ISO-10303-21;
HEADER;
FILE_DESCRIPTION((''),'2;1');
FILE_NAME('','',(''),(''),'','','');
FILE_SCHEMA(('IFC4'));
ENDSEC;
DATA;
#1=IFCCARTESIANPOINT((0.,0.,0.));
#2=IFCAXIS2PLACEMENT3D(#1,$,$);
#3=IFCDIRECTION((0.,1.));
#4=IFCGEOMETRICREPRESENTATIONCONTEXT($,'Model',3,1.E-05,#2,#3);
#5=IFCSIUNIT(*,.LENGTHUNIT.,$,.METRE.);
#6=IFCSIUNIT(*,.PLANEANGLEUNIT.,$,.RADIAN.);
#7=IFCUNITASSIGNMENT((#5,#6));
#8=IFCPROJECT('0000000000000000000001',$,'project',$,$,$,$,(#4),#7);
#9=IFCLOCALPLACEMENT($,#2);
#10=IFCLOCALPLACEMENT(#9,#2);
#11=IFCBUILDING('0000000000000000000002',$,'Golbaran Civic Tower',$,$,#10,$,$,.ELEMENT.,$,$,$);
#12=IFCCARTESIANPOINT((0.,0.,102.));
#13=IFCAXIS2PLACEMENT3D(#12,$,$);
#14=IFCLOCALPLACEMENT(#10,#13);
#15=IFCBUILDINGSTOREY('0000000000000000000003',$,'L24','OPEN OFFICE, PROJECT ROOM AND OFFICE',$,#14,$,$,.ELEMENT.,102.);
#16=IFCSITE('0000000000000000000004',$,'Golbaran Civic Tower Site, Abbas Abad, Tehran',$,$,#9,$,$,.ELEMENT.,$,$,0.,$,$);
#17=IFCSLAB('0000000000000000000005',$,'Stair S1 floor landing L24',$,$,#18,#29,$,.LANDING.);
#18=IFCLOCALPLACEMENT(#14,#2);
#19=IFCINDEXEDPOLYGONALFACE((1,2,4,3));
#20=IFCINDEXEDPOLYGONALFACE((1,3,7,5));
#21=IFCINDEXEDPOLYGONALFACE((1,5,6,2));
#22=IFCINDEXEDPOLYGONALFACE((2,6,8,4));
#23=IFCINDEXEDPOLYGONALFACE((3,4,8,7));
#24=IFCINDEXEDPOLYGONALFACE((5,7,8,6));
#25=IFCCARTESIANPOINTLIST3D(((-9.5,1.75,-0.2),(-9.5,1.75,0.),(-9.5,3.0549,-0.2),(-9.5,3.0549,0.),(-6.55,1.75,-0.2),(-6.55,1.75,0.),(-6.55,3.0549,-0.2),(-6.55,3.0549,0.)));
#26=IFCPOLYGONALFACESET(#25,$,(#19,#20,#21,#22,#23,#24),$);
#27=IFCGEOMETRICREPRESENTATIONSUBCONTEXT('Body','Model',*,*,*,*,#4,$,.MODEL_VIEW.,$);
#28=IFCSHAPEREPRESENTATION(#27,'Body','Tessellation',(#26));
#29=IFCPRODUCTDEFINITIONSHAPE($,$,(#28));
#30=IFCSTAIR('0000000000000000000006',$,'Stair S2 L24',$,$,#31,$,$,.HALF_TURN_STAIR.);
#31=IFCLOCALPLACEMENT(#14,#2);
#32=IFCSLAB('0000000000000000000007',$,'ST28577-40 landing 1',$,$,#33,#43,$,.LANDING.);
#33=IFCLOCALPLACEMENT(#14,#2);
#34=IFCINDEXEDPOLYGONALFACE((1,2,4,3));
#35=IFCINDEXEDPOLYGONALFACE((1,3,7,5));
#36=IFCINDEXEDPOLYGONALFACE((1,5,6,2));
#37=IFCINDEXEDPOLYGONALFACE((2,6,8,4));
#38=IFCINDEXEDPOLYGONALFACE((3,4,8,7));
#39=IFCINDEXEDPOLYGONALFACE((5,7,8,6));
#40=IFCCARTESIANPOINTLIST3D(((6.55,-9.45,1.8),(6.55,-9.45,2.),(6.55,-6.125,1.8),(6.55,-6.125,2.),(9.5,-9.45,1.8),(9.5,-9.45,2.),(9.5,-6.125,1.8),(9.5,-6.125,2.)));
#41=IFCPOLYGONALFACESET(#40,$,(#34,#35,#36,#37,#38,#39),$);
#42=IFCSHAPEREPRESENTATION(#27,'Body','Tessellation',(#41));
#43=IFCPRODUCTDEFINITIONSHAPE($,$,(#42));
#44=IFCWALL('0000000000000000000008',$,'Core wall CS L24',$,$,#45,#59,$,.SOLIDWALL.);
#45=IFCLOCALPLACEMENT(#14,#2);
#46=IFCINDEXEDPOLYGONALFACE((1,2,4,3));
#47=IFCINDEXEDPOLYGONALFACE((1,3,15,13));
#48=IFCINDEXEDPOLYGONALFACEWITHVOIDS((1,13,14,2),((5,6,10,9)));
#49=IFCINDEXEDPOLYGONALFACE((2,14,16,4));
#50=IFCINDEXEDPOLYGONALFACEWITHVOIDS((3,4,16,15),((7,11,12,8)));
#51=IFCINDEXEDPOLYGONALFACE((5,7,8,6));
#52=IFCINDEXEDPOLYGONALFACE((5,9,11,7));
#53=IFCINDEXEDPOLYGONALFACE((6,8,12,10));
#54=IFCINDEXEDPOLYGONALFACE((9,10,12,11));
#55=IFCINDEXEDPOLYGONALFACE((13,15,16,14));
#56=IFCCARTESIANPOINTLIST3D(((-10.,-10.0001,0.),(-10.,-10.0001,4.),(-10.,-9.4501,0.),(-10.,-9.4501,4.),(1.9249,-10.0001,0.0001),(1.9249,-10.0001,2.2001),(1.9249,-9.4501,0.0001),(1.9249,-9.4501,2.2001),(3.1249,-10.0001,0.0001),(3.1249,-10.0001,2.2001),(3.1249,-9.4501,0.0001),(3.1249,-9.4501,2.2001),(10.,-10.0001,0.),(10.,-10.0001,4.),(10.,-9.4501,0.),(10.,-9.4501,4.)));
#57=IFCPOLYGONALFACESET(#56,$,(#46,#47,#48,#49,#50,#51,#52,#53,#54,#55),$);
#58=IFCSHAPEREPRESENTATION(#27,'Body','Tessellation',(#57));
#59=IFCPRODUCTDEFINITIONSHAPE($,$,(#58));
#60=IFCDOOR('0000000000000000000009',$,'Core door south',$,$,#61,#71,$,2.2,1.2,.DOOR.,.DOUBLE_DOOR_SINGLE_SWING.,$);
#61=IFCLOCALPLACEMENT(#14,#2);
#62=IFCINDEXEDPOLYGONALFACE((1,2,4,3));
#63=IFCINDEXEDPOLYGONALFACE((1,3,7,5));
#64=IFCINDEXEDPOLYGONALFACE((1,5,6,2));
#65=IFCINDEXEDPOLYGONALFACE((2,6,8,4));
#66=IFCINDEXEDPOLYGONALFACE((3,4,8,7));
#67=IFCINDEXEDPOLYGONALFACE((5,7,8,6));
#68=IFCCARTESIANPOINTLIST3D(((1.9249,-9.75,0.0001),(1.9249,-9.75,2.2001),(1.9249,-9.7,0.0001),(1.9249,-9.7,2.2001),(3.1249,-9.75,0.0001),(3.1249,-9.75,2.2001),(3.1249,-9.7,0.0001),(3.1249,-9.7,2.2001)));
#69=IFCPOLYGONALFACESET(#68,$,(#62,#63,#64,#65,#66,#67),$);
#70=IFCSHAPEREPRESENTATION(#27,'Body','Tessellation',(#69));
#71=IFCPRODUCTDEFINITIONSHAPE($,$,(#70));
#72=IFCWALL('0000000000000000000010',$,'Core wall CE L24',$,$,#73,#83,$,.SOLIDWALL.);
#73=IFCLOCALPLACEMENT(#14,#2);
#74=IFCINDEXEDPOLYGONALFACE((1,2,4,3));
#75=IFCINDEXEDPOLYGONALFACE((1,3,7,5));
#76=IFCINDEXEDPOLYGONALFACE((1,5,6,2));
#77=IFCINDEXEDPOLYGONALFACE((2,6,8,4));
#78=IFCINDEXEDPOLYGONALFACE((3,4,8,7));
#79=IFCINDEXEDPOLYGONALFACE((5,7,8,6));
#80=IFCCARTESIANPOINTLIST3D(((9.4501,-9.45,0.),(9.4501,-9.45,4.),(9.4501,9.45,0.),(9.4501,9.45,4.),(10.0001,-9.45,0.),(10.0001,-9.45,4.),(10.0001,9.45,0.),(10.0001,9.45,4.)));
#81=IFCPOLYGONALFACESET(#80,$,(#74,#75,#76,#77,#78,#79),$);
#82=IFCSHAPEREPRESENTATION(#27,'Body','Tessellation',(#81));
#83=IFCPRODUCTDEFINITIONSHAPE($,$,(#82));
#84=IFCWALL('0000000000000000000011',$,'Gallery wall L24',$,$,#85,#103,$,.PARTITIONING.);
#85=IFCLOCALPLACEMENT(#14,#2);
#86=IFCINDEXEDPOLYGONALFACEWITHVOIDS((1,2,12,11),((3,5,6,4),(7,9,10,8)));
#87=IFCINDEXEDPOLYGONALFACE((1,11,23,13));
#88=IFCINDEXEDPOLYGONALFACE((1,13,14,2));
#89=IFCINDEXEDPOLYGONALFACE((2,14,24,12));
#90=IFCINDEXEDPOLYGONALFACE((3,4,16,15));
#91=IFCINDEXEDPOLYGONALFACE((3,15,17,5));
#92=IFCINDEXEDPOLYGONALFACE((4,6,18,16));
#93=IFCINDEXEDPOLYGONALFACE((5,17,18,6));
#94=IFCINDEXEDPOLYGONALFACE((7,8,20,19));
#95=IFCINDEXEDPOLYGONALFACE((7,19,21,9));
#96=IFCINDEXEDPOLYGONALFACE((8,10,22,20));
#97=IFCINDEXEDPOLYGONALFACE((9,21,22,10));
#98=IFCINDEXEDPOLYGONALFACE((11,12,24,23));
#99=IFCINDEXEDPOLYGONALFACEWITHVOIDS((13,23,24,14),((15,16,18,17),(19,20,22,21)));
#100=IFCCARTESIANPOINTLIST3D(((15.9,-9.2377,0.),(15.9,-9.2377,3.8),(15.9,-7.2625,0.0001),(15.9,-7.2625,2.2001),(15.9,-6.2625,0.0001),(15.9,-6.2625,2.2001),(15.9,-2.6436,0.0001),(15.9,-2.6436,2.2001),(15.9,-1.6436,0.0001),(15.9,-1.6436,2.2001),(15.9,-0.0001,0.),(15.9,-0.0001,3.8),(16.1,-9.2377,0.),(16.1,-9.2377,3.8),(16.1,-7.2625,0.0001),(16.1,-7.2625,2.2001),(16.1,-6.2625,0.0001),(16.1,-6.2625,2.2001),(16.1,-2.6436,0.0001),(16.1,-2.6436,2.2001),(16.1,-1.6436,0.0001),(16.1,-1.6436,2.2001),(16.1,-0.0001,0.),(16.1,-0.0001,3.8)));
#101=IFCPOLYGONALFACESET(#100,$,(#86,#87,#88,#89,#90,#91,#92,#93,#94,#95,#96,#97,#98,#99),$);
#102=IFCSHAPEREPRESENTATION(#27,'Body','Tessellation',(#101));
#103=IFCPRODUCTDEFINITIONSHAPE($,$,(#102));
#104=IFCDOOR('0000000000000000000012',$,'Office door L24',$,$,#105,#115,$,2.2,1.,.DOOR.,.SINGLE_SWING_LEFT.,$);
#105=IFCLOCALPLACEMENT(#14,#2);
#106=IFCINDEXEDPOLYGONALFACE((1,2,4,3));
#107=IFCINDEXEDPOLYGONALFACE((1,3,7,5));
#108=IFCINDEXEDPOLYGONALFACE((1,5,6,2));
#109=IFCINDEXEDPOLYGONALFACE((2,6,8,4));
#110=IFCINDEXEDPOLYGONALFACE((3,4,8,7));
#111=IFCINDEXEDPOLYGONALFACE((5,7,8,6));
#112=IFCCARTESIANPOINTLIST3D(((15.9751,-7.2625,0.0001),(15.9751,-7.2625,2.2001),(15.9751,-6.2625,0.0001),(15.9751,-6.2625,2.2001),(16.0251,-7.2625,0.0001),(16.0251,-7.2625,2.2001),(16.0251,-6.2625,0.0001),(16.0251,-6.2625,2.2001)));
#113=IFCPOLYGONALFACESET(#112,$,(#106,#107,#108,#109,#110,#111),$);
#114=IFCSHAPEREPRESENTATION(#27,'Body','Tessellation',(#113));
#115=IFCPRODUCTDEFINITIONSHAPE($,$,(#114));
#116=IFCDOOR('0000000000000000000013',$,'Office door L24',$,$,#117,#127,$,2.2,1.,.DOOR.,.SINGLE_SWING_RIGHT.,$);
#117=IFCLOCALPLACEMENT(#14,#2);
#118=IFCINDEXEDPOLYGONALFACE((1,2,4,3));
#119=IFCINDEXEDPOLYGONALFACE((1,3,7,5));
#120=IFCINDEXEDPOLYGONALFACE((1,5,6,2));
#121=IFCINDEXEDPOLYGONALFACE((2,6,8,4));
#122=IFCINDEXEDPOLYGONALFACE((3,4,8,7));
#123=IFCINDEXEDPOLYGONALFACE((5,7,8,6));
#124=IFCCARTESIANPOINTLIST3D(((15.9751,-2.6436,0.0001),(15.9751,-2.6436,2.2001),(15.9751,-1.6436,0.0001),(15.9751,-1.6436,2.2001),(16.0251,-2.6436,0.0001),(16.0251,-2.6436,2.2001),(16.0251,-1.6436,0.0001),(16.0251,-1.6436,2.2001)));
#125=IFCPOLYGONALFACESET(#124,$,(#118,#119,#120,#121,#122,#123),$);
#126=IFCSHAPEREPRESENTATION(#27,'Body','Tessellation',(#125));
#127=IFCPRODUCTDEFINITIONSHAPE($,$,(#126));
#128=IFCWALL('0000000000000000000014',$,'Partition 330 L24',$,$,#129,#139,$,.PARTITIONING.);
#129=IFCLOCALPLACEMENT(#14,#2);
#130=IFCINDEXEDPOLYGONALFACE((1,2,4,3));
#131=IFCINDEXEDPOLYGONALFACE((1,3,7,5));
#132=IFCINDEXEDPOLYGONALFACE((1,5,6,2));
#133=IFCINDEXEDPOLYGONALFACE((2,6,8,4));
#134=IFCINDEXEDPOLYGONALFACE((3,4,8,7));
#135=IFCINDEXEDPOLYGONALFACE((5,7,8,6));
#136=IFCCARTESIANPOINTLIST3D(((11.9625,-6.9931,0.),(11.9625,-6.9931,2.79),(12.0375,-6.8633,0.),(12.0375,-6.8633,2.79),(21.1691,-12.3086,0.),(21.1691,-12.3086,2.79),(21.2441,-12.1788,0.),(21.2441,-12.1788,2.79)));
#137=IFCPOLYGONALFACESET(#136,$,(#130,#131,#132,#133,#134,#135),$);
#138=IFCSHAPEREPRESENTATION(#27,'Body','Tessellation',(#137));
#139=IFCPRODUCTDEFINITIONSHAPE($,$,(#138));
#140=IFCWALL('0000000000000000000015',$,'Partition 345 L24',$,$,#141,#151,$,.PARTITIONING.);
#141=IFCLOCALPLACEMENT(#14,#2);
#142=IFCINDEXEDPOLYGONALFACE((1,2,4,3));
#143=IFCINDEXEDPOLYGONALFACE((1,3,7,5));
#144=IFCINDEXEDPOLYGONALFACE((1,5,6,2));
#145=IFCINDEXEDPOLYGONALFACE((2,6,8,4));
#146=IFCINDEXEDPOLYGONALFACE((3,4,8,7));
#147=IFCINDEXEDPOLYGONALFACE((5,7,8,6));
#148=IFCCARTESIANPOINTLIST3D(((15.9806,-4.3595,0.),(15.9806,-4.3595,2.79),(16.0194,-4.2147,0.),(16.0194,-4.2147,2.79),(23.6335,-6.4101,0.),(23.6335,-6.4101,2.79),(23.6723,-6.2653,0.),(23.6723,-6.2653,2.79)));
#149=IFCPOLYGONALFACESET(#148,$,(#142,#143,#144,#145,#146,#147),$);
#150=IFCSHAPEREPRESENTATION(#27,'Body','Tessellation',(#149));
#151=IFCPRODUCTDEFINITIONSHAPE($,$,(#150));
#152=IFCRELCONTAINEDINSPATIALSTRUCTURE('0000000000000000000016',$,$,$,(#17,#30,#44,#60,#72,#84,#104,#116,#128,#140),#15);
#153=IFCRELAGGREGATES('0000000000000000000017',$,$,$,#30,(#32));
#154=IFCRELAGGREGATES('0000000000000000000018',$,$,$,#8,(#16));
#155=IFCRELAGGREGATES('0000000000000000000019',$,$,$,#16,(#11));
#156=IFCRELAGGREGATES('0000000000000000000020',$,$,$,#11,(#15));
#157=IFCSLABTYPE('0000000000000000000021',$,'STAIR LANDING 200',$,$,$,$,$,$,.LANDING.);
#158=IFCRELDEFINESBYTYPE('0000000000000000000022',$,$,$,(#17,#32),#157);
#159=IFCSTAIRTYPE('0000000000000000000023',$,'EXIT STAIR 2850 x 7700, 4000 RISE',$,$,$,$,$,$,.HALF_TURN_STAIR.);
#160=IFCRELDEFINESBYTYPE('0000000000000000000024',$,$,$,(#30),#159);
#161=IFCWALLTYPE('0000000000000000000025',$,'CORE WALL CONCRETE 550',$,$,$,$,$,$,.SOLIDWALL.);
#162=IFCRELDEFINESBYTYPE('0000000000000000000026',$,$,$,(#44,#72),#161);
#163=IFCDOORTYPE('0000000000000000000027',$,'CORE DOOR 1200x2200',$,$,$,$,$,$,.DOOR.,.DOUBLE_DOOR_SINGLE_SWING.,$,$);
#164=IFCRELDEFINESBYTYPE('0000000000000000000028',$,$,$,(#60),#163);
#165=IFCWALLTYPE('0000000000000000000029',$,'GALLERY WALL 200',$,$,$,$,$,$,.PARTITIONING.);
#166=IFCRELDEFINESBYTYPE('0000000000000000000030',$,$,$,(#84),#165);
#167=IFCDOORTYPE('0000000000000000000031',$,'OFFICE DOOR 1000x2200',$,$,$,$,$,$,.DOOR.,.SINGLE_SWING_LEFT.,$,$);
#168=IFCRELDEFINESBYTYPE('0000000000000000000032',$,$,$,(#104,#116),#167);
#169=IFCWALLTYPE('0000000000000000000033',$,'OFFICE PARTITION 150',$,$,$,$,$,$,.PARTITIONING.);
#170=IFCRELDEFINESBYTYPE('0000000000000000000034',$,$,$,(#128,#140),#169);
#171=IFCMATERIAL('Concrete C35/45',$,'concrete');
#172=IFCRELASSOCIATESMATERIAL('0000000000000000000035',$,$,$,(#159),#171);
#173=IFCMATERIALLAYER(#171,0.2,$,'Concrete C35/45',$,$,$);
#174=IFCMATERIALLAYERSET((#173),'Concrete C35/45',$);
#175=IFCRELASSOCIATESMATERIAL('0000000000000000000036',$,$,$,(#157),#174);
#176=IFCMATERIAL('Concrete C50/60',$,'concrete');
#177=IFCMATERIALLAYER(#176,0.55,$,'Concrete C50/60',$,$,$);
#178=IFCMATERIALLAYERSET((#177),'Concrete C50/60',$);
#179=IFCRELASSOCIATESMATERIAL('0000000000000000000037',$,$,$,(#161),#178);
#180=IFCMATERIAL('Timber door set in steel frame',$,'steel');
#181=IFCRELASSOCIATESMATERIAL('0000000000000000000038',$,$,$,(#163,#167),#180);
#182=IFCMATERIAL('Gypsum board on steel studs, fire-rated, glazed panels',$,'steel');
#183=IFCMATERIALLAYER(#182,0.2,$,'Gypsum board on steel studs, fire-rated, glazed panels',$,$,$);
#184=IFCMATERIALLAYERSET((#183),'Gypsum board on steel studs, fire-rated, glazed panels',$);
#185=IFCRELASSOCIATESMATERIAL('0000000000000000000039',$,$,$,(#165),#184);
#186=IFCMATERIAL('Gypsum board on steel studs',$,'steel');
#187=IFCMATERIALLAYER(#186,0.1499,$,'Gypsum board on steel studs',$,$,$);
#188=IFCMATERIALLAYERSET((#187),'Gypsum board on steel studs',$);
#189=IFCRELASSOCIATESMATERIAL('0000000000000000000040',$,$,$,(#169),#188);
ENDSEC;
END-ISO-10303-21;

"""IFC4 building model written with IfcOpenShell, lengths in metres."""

from ifc_helpers import new_model, si_unit, direction, frame, frame_2d, origin, place, context, subcontext, project, spatial, polyline, rectangle, outline, extrude, material, layer, layer_set, type_object, element, fill, aggregate, save


model = new_model("IFC4")

# Units and contexts
model_context = context("Model", 3, precision=1e-05, world=origin(), true_north=direction((0.0, 1.0)))
body_context = subcontext(model_context, "Body", "Model", "MODEL_VIEW")
ifc_project = project(units=[si_unit("LENGTHUNIT", "METRE"), si_unit("PLANEANGLEUNIT", "RADIAN")], contexts=[model_context])

# Site, building, storey
site_placement = place(None, origin())
site = spatial("IfcSite", under=ifc_project, at=site_placement, Name="Golbaran Civic Tower Site, Abbas Abad, Tehran", CompositionType="ELEMENT", RefElevation=0.0)
building_placement = place(site_placement, origin())
building = spatial("IfcBuilding", under=site, at=building_placement, Name="Golbaran Civic Tower", CompositionType="ELEMENT")
storey_placement = place(building_placement, frame((0.0, 0.0, 102.0)))
storey = spatial("IfcBuildingStorey", under=building, at=storey_placement, Name="L24", Description="OPEN OFFICE, PROJECT ROOM AND OFFICE", CompositionType="ELEMENT", Elevation=102.0)

# Shared definitions
ifc_material_1 = material(Name="Concrete C35/45", Category="concrete")
stair_type = type_object("IfcStairType", Name="EXIT STAIR 2850 x 7700, 4000 RISE", PredefinedType="HALF_TURN_STAIR", material=ifc_material_1)
ifc_layer_1 = layer(ifc_material_1, 0.2, Name="Concrete C35/45")
ifc_layer_set_1 = layer_set([ifc_layer_1], Name="Concrete C35/45")
slab_type = type_object("IfcSlabType", Name="STAIR LANDING 200", PredefinedType="LANDING", material=ifc_layer_set_1)

# Slab
slab_1_placement = place(storey_placement, frame((0.0, 0.0, -0.2)))
element("IfcSlab", 1, at=slab_1_placement, inside=storey, type_object=slab_type, Name="Stair S1 floor landing L24", PredefinedType="LANDING", context=body_context, shape_type="SweptSolid", body=[
    extrude(outline(polyline([(-9.5, 1.75), (-9.5, 3.0549), (-6.55, 3.0549), (-6.55, 1.75), (-9.5, 1.75)])), origin(), (0.0, 0.0, 1.0), 0.2),
])

# Stair, slab
stair_1_placement = place(storey_placement, origin())
stair_1 = element("IfcStair", 2, at=stair_1_placement, inside=storey, type_object=stair_type, Name="Stair S2 L24", PredefinedType="HALF_TURN_STAIR")
slab_2_placement = place(storey_placement, frame((0.0, 0.0, 1.8)))
slab_2 = element("IfcSlab", 3, at=slab_2_placement, type_object=slab_type, Name="ST28577-40 landing 1", PredefinedType="LANDING", context=body_context, shape_type="SweptSolid", body=[
    extrude(outline(polyline([(9.5, -6.125), (9.5, -9.45), (6.55, -9.45), (6.55, -6.125), (9.5, -6.125)])), origin(), (0.0, 0.0, 1.0), 0.2),
])

# Wall, opening, door
ifc_material_2 = material(Name="Concrete C50/60", Category="concrete")
ifc_layer_2 = layer(ifc_material_2, 0.55, Name="Concrete C50/60")
ifc_layer_set_2 = layer_set([ifc_layer_2], Name="Concrete C50/60")
wall_type_1 = type_object("IfcWallType", Name="CORE WALL CONCRETE 550", PredefinedType="SOLIDWALL", material=ifc_layer_set_2)
wall_1_placement = place(storey_placement, frame((10.0, -9.7251, 0.0), z_axis=(0.0, 0.0, 1.0), x_axis=(-1.0, 0.0, 0.0)))
wall_1 = element("IfcWall", 4, at=wall_1_placement, inside=storey, type_object=wall_type_1, Name="Core wall CS L24", PredefinedType="SOLIDWALL", context=body_context, shape_type="SweptSolid", body=[
    extrude(rectangle(XDim=20.0, YDim=0.55, at=frame_2d((10.0, 0.0))), origin(), (0.0, 0.0, 1.0), 4.0),
])
opening_1_placement = place(wall_1_placement, frame((6.875, 0.0, 0.0)))
opening_1 = element("IfcOpeningElement", 5, at=opening_1_placement, cuts=wall_1, PredefinedType="OPENING", context=body_context, shape_type="SweptSolid", body=[
    extrude(rectangle(XDim=1.2, YDim=2.2, at=frame_2d((0.6001, 1.1001))), frame((0.0, 0.2849, 0.0), z_axis=(0.0, -1.0, 0.0), x_axis=(1.0, 0.0, 0.0)), (0.0, 0.0, 1.0), 0.5701),
])
ifc_material_3 = material(Name="Timber door set in steel frame", Category="steel")
door_type_1 = type_object("IfcDoorType", Name="CORE DOOR 1200x2200", OperationType="DOUBLE_DOOR_SINGLE_SWING", PredefinedType="DOOR", material=ifc_material_3)
door_1_placement = place(opening_1_placement, origin())
door_1 = element("IfcDoor", 6, at=door_1_placement, inside=storey, type_object=door_type_1, Name="Core door south", OperationType="DOUBLE_DOOR_SINGLE_SWING", OverallHeight=2.2, OverallWidth=1.2, PredefinedType="DOOR", context=body_context, shape_type="SweptSolid", body=[
    extrude(rectangle(XDim=1.2, YDim=2.2, at=frame_2d((0.6001, 1.1001))), frame((0.0, 0.0249, 0.0), z_axis=(0.0, -1.0, 0.0), x_axis=(1.0, 0.0, 0.0)), (0.0, 0.0, 1.0), 0.05),
])
fill(opening_1, door_1)

# Wall
wall_2_placement = place(storey_placement, frame((9.7251, -9.45, 0.0), z_axis=(0.0, 0.0, 1.0), x_axis=(0.0, 1.0, 0.0)))
element("IfcWall", 7, at=wall_2_placement, inside=storey, type_object=wall_type_1, Name="Core wall CE L24", PredefinedType="SOLIDWALL", context=body_context, shape_type="SweptSolid", body=[
    extrude(rectangle(XDim=18.8999, YDim=0.55, at=frame_2d((9.45, 0.0))), origin(), (0.0, 0.0, 1.0), 4.0),
])

# Wall, openings, doors
ifc_material_4 = material(Name="Gypsum board on steel studs, fire-rated, glazed panels", Category="steel")
ifc_layer_3 = layer(ifc_material_4, 0.2, Name="Gypsum board on steel studs, fire-rated, glazed panels")
ifc_layer_set_3 = layer_set([ifc_layer_3], Name="Gypsum board on steel studs, fire-rated, glazed panels")
wall_type_2 = type_object("IfcWallType", Name="GALLERY WALL 200", PredefinedType="PARTITIONING", material=ifc_layer_set_3)
wall_3_placement = place(storey_placement, frame((16.0, -9.2375, 0.0), z_axis=(0.0, 0.0, 1.0), x_axis=(0.0, 1.0, 0.0)))
wall_3 = element("IfcWall", 8, at=wall_3_placement, inside=storey, type_object=wall_type_2, Name="Gallery wall L24", PredefinedType="PARTITIONING", context=body_context, shape_type="SweptSolid", body=[
    extrude(rectangle(XDim=9.2375, YDim=0.2, at=frame_2d((4.6187, 0.0))), origin(), (0.0, 0.0, 1.0), 3.8),
])
opening_2_placement = place(wall_3_placement, frame((1.9751, 0.0, 0.0)))
opening_2 = element("IfcOpeningElement", 9, at=opening_2_placement, cuts=wall_3, PredefinedType="OPENING", context=body_context, shape_type="SweptSolid", body=[
    extrude(rectangle(XDim=1.0, YDim=2.2, at=frame_2d((0.5, 1.1001))), frame((0.0, 0.1099, 0.0), z_axis=(0.0, -1.0, 0.0), x_axis=(1.0, 0.0, 0.0)), (0.0, 0.0, 1.0), 0.22),
])
opening_3_placement = place(wall_3_placement, frame((6.594, 0.0, 0.0)))
opening_3 = element("IfcOpeningElement", 10, at=opening_3_placement, cuts=wall_3, PredefinedType="OPENING", context=body_context, shape_type="SweptSolid", body=[
    extrude(rectangle(XDim=1.0, YDim=2.2, at=frame_2d((0.5, 1.1001))), frame((0.0, 0.1099, 0.0), z_axis=(0.0, -1.0, 0.0), x_axis=(1.0, 0.0, 0.0)), (0.0, 0.0, 1.0), 0.22),
])
door_type_2 = type_object("IfcDoorType", Name="OFFICE DOOR 1000x2200", OperationType="SINGLE_SWING_LEFT", PredefinedType="DOOR", material=ifc_material_3)
door_2_placement = place(opening_2_placement, origin())
door_2 = element("IfcDoor", 11, at=door_2_placement, inside=storey, type_object=door_type_2, Name="Office door L24", OperationType="SINGLE_SWING_LEFT", OverallHeight=2.2, OverallWidth=1.0, PredefinedType="DOOR", context=body_context, shape_type="SweptSolid", body=[
    extrude(rectangle(XDim=1.0, YDim=2.2, at=frame_2d((0.5, 1.1001))), frame((0.0, 0.0249, 0.0), z_axis=(0.0, -1.0, 0.0), x_axis=(1.0, 0.0, 0.0)), (0.0, 0.0, 1.0), 0.05),
])
fill(opening_2, door_2)
door_3_placement = place(opening_3_placement, origin())
door_3 = element("IfcDoor", 12, at=door_3_placement, inside=storey, type_object=door_type_2, Name="Office door L24", OperationType="SINGLE_SWING_RIGHT", OverallHeight=2.2, OverallWidth=1.0, PredefinedType="DOOR", context=body_context, shape_type="SweptSolid", body=[
    extrude(rectangle(XDim=1.0, YDim=2.2, at=frame_2d((0.5, 1.1001))), frame((0.0, 0.0249, 0.0), z_axis=(0.0, -1.0, 0.0), x_axis=(1.0, 0.0, 0.0)), (0.0, 0.0, 1.0), 0.05),
])
fill(opening_3, door_3)

# Walls
ifc_material_5 = material(Name="Gypsum board on steel studs", Category="steel")
ifc_layer_4 = layer(ifc_material_5, 0.1499, Name="Gypsum board on steel studs")
ifc_layer_set_4 = layer_set([ifc_layer_4], Name="Gypsum board on steel studs")
wall_type_3 = type_object("IfcWallType", Name="OFFICE PARTITION 150", PredefinedType="PARTITIONING", material=ifc_layer_set_4)
wall_4_placement = place(storey_placement, frame((12.0, -6.9282, 0.0), z_axis=(0.0, 0.0, 1.0), x_axis=(0.866024, -0.500002, 0.0)))
element("IfcWall", 13, at=wall_4_placement, inside=storey, type_object=wall_type_3, Name="Partition 330 L24", PredefinedType="PARTITIONING", context=body_context, shape_type="SweptSolid", body=[
    extrude(rectangle(XDim=10.6309, YDim=0.1499, at=frame_2d((5.3154, 0.0))), origin(), (0.0, 0.0, 1.0), 2.79),
])
wall_5_placement = place(storey_placement, frame((16.0, -4.2871, 0.0), z_axis=(0.0, 0.0, 1.0), x_axis=(0.965927, -0.258815, 0.0)))
element("IfcWall", 14, at=wall_5_placement, inside=storey, type_object=wall_type_3, Name="Partition 345 L24", PredefinedType="PARTITIONING", context=body_context, shape_type="SweptSolid", body=[
    extrude(rectangle(XDim=7.9229, YDim=0.1499, at=frame_2d((3.9614, 0.0))), origin(), (0.0, 0.0, 1.0), 2.79),
])

aggregate(stair_1, [slab_2])

save(model, "model.ifc")
